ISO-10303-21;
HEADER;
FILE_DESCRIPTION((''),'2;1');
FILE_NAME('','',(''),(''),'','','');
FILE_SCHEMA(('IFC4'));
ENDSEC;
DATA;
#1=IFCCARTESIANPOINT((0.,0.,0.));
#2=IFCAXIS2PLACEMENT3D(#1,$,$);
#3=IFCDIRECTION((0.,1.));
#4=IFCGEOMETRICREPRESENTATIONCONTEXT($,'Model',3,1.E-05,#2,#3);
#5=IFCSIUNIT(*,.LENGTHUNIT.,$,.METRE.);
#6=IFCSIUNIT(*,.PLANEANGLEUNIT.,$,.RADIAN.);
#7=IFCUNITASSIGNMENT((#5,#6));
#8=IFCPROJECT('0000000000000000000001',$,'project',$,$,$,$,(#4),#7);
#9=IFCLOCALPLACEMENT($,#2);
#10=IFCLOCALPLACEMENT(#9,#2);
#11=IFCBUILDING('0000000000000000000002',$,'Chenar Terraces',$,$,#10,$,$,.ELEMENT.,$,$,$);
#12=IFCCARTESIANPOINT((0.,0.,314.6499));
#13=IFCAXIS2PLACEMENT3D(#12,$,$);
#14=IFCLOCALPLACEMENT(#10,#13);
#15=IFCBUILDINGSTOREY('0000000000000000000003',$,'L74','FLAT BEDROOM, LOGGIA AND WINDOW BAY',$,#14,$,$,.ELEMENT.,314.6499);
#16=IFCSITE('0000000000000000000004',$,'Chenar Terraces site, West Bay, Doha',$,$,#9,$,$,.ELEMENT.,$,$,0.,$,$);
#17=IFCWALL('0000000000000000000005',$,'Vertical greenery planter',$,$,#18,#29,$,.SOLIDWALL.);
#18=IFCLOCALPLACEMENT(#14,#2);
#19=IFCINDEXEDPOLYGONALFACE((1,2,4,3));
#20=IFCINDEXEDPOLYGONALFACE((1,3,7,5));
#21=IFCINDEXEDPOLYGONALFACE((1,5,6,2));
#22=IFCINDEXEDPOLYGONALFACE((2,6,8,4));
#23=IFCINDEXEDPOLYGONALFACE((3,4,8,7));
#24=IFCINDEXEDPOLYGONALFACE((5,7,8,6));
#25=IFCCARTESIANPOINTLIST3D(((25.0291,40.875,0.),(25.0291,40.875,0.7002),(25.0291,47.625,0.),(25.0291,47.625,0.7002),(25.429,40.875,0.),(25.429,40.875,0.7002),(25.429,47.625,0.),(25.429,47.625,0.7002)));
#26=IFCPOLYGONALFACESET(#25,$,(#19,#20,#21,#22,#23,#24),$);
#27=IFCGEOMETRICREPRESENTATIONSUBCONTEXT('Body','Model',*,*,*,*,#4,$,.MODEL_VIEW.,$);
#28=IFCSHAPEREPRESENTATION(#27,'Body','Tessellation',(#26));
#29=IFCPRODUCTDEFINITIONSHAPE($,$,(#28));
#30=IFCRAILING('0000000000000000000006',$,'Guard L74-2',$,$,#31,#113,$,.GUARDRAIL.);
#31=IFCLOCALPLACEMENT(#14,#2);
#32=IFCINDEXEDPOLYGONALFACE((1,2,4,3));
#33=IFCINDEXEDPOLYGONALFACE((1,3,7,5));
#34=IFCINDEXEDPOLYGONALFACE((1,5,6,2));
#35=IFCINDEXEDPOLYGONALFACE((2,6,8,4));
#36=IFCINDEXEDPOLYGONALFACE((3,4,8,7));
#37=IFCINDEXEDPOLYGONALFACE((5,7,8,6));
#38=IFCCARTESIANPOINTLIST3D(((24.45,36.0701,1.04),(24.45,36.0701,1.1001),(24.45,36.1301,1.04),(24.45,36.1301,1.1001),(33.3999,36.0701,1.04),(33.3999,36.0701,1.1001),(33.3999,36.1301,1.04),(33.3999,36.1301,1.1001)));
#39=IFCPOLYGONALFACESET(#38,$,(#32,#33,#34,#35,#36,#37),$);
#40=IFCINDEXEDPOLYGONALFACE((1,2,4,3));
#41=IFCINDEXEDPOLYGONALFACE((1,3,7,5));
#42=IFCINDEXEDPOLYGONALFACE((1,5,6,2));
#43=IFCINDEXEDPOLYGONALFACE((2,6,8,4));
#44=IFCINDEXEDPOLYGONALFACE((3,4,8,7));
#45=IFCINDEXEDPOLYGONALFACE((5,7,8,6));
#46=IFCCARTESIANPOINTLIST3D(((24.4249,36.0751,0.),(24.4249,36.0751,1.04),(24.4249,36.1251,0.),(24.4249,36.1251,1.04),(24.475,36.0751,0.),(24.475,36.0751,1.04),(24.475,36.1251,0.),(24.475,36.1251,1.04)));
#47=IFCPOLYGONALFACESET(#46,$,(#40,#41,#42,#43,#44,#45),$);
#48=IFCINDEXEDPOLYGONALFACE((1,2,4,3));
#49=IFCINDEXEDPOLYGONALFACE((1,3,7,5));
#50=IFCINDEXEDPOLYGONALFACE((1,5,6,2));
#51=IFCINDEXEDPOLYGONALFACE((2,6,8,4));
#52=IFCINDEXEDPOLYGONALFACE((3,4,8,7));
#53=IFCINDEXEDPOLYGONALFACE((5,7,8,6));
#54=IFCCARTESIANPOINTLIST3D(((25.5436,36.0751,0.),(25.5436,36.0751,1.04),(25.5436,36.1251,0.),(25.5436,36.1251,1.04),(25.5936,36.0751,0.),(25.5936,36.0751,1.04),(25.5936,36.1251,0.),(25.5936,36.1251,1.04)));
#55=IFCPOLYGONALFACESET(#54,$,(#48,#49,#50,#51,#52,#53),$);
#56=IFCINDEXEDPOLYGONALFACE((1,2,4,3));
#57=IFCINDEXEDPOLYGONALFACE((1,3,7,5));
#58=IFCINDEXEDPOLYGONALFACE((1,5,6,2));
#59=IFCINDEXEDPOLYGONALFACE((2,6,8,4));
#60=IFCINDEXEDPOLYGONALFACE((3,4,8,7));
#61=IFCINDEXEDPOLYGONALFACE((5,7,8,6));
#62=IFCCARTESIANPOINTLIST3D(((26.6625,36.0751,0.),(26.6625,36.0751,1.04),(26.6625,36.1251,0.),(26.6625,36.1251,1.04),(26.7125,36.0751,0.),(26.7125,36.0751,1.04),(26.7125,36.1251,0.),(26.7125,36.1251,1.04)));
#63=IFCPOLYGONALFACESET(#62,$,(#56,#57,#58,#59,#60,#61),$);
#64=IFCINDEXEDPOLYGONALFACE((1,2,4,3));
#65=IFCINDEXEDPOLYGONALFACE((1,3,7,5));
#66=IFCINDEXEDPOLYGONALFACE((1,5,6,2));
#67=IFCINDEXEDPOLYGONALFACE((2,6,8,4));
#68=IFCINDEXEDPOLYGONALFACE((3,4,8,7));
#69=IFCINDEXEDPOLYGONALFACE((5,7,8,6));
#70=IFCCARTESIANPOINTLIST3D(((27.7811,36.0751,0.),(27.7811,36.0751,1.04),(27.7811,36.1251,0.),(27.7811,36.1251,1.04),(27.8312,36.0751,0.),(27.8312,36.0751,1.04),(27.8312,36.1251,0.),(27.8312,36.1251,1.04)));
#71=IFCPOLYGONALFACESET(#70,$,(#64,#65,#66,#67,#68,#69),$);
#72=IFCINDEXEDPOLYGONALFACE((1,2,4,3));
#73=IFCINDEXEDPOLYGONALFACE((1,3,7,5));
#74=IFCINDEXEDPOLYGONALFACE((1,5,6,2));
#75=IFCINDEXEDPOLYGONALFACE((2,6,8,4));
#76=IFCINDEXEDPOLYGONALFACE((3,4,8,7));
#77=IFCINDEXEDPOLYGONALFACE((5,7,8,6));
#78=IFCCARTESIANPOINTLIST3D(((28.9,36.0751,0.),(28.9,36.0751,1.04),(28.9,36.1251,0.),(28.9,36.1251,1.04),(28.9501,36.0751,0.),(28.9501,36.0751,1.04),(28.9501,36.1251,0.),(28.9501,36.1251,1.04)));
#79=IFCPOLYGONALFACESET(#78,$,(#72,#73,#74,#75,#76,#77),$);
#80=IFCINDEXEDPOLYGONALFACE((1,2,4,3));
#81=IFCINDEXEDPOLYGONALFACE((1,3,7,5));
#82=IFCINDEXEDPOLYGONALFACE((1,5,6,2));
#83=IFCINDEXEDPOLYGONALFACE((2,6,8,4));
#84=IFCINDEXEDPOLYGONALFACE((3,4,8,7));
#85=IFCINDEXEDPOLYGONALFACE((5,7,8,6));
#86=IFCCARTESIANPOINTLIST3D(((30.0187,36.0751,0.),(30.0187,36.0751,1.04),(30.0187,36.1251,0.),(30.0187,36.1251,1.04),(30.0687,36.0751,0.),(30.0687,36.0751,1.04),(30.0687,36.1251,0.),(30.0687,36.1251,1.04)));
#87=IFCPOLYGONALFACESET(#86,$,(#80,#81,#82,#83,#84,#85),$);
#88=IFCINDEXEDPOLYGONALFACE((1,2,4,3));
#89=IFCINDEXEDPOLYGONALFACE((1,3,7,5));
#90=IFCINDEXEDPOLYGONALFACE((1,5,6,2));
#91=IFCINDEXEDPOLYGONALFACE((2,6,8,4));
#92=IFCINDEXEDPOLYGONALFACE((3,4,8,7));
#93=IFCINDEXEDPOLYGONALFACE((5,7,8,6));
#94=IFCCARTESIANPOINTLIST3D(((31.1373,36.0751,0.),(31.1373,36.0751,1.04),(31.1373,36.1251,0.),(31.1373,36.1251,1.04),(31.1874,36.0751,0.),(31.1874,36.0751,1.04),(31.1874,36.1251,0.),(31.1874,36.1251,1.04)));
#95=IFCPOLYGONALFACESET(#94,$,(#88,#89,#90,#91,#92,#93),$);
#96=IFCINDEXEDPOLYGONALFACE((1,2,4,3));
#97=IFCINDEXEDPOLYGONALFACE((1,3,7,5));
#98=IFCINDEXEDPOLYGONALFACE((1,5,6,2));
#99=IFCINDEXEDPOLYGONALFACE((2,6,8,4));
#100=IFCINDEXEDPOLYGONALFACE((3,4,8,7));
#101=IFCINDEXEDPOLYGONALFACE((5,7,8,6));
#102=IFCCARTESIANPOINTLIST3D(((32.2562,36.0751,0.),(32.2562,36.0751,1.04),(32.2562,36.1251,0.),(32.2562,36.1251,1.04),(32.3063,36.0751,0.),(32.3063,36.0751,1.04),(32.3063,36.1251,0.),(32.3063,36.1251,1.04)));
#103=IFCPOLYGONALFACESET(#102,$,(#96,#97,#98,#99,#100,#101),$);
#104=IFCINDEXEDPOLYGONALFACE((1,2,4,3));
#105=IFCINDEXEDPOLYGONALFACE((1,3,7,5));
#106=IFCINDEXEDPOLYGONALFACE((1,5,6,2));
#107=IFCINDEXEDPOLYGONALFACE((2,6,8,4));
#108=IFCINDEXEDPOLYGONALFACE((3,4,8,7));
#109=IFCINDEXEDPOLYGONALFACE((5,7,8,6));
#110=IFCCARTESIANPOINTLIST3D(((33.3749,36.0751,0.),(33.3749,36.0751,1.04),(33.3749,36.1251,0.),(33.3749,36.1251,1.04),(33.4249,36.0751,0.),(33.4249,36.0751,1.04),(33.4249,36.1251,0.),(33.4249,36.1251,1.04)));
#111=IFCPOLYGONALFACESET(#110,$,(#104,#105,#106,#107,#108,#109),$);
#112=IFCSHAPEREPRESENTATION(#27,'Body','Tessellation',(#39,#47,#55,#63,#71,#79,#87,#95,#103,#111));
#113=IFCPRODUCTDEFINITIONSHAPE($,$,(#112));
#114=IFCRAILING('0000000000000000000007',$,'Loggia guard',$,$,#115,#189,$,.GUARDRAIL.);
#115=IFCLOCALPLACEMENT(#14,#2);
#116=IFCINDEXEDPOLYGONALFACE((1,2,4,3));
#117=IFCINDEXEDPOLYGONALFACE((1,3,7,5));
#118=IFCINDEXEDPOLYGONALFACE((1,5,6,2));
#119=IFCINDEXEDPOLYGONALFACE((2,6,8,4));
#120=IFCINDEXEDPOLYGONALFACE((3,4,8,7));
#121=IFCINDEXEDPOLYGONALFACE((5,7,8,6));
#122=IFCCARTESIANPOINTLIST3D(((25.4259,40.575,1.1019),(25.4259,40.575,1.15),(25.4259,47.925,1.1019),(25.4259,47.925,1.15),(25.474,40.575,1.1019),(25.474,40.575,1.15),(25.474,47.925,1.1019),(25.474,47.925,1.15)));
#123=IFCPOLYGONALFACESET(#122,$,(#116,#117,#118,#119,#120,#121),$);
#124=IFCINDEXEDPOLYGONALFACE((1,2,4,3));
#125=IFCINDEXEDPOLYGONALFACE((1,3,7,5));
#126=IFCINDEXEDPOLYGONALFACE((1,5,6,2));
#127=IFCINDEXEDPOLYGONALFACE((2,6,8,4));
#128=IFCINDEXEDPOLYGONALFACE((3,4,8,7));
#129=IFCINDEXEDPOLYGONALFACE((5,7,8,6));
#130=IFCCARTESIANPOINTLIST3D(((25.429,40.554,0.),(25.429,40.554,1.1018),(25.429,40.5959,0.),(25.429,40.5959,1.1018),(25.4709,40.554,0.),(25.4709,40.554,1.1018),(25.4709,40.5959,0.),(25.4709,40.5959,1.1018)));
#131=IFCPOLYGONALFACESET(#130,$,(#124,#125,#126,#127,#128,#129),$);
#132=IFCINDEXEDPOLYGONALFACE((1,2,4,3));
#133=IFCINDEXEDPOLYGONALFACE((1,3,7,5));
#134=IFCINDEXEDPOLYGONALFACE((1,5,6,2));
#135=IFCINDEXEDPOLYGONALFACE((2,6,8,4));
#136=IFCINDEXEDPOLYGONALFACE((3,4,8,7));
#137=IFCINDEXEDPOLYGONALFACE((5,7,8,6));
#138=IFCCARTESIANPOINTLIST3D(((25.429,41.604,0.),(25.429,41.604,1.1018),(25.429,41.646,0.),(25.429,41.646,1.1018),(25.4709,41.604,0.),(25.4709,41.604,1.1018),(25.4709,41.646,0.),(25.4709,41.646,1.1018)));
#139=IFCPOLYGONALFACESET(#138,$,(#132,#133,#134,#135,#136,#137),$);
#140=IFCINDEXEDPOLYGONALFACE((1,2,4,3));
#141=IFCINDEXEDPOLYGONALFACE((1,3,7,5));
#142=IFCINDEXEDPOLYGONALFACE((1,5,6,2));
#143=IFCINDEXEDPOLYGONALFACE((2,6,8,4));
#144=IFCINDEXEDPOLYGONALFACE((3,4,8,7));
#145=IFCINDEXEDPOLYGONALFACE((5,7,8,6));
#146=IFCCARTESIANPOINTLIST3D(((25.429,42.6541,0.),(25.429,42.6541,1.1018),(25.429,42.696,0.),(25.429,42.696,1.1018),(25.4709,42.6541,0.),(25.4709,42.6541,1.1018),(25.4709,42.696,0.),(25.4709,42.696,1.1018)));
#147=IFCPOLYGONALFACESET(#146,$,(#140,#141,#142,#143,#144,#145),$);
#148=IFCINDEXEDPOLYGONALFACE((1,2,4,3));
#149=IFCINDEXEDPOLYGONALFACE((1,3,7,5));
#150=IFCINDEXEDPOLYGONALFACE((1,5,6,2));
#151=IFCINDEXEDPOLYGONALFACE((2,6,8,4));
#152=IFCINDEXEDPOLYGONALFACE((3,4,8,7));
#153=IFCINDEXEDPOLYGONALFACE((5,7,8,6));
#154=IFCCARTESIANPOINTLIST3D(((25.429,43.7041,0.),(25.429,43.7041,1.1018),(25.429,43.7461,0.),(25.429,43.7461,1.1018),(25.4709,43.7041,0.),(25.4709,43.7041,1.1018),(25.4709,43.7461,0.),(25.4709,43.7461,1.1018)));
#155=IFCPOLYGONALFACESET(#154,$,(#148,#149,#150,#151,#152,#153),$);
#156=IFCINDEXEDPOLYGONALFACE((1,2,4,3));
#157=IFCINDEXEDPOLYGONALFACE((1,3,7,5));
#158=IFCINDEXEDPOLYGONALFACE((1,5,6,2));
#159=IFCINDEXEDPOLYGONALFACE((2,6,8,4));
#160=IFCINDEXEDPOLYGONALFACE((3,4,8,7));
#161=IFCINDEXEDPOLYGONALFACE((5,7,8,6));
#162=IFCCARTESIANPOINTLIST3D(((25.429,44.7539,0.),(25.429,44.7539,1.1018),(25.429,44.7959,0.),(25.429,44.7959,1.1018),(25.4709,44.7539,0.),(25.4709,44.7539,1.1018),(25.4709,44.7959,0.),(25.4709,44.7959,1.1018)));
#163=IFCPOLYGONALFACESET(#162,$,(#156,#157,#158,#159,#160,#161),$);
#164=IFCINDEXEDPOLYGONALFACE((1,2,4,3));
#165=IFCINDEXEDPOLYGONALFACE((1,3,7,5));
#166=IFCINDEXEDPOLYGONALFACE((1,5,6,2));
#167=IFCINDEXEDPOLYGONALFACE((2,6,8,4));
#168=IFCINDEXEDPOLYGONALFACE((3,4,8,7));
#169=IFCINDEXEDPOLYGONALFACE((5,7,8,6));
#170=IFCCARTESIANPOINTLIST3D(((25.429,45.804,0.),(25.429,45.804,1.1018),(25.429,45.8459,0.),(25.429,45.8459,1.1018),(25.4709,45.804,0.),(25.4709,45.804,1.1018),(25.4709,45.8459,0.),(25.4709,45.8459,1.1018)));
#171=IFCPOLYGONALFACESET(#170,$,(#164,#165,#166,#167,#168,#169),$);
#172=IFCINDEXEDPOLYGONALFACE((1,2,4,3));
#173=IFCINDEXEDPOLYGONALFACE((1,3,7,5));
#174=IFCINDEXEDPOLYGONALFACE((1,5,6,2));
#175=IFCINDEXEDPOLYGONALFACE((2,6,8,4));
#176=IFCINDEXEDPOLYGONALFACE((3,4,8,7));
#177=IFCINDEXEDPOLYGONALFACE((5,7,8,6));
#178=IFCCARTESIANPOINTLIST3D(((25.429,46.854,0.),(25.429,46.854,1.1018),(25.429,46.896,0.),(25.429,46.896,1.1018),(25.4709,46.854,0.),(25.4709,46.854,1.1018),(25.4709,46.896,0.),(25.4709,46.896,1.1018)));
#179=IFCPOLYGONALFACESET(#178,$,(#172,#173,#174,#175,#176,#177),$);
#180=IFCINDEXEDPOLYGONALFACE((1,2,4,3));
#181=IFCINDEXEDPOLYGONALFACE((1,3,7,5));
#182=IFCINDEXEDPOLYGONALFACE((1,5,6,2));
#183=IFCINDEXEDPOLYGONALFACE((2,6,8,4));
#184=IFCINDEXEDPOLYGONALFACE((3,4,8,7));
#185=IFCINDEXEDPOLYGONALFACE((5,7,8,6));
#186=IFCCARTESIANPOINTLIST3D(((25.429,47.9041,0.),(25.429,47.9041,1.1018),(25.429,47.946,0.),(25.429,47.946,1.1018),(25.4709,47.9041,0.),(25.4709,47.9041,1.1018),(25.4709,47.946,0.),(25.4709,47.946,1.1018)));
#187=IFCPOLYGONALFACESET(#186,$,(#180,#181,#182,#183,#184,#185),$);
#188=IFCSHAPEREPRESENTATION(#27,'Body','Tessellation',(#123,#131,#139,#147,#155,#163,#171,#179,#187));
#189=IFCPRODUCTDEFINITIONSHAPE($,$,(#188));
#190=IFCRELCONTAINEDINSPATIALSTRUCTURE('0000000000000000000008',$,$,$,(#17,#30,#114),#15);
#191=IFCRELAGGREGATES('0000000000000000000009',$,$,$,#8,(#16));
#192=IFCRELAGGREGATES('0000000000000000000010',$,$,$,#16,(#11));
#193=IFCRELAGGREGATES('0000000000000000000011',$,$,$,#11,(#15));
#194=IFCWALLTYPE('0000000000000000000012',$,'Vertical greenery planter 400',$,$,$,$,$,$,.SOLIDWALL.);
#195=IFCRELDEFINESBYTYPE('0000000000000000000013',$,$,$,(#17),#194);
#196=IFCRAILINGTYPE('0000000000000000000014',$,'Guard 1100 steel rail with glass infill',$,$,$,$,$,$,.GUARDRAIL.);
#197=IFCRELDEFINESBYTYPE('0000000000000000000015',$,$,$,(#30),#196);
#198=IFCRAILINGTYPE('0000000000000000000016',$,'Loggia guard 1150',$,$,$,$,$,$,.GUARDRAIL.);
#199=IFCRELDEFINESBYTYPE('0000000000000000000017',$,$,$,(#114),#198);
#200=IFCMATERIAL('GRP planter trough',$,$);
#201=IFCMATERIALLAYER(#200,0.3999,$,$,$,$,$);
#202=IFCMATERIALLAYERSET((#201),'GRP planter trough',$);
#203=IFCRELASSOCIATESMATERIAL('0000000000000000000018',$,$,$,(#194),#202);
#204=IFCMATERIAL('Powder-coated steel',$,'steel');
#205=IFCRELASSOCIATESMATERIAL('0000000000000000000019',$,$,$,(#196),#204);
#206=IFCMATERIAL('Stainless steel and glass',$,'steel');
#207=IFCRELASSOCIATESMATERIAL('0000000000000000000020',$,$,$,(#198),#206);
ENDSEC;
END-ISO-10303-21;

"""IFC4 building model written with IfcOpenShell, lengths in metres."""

from ifc_helpers import new_model, si_unit, direction, frame, frame_2d, origin, origin_2d, place, context, subcontext, project, spatial, rectangle, extrude, material, layer, layer_set, type_object, element, save


model = new_model("IFC4")

# Units and contexts
model_context = context("Model", 3, precision=1e-05, world=origin(), true_north=direction((0.0, 1.0)))
body_context = subcontext(model_context, "Body", "Model", "MODEL_VIEW")
ifc_project = project(units=[si_unit("LENGTHUNIT", "METRE"), si_unit("PLANEANGLEUNIT", "RADIAN")], contexts=[model_context])

# Site, building, storey
site_placement = place(None, origin())
site = spatial("IfcSite", under=ifc_project, at=site_placement, Name="Chenar Terraces site, West Bay, Doha", CompositionType="ELEMENT", RefElevation=0.0)
building_placement = place(site_placement, origin())
building = spatial("IfcBuilding", under=site, at=building_placement, Name="Chenar Terraces", CompositionType="ELEMENT")
storey_placement = place(building_placement, frame((0.0, 0.0, 314.6499)))
storey = spatial("IfcBuildingStorey", under=building, at=storey_placement, Name="L74", Description="FLAT BEDROOM, LOGGIA AND WINDOW BAY", CompositionType="ELEMENT", Elevation=314.6499)

# Wall
ifc_material_1 = material(Name="GRP planter trough")
ifc_layer_1 = layer(ifc_material_1, 0.3999)
ifc_layer_set_1 = layer_set([ifc_layer_1], Name="GRP planter trough")
wall_type_1 = type_object("IfcWallType", Name="Vertical greenery planter 400", PredefinedType="SOLIDWALL", material=ifc_layer_set_1)
wall_1_placement = place(storey_placement, frame((25.229, 40.875, 0.0), z_axis=(0.0, 0.0, 1.0), x_axis=(0.0, 1.0, 0.0)))
element("IfcWall", 1, at=wall_1_placement, inside=storey, type_object=wall_type_1, Name="Vertical greenery planter", PredefinedType="SOLIDWALL", context=body_context, shape_type="SweptSolid", body=[
    extrude(rectangle(XDim=6.75, YDim=0.3999, at=frame_2d((3.375, 0.0))), origin(), (0.0, 0.0, 1.0), 0.7002),
])

# Railings
ifc_material_2 = material(Name="Powder-coated steel", Category="steel")
railing_type_1 = type_object("IfcRailingType", Name="Guard 1100 steel rail with glass infill", PredefinedType="GUARDRAIL", material=ifc_material_2)
railing_1_placement = place(storey_placement, frame((24.45, 36.1001, 0.0)))
element("IfcRailing", 2, at=railing_1_placement, inside=storey, type_object=railing_type_1, Name="Guard L74-2", PredefinedType="GUARDRAIL", context=body_context, shape_type="SweptSolid", body=[
    extrude(rectangle(XDim=0.0601, YDim=0.0601, at=origin_2d()), frame((0.0, 0.0, 1.0701), z_axis=(1.0, 0.0, 0.0), x_axis=(0.0, 1.0, 0.0)), (0.0, 0.0, 1.0), 8.95),
    extrude(rectangle(XDim=0.05, YDim=0.05, at=origin_2d()), origin(), (0.0, 0.0, 1.0), 1.04),
    extrude(rectangle(XDim=0.05, YDim=0.05, at=origin_2d()), frame((1.1187, 0.0, 0.0)), (0.0, 0.0, 1.0), 1.04),
    extrude(rectangle(XDim=0.05, YDim=0.05, at=origin_2d()), frame((2.2375, 0.0, 0.0)), (0.0, 0.0, 1.0), 1.04),
    extrude(rectangle(XDim=0.05, YDim=0.05, at=origin_2d()), frame((3.3562, 0.0, 0.0)), (0.0, 0.0, 1.0), 1.04),
    extrude(rectangle(XDim=0.05, YDim=0.05, at=origin_2d()), frame((4.4751, 0.0, 0.0)), (0.0, 0.0, 1.0), 1.04),
    extrude(rectangle(XDim=0.05, YDim=0.05, at=origin_2d()), frame((5.5938, 0.0, 0.0)), (0.0, 0.0, 1.0), 1.04),
    extrude(rectangle(XDim=0.05, YDim=0.05, at=origin_2d()), frame((6.7124, 0.0, 0.0)), (0.0, 0.0, 1.0), 1.04),
    extrude(rectangle(XDim=0.05, YDim=0.05, at=origin_2d()), frame((7.8313, 0.0, 0.0)), (0.0, 0.0, 1.0), 1.04),
    extrude(rectangle(XDim=0.05, YDim=0.05, at=origin_2d()), frame((8.95, 0.0, 0.0)), (0.0, 0.0, 1.0), 1.04),
])
ifc_material_3 = material(Name="Stainless steel and glass", Category="steel")
railing_type_2 = type_object("IfcRailingType", Name="Loggia guard 1150", PredefinedType="GUARDRAIL", material=ifc_material_3)
railing_2_placement = place(storey_placement, frame((25.45, 40.575, 0.0)))
element("IfcRailing", 3, at=railing_2_placement, inside=storey, type_object=railing_type_2, Name="Loggia guard", PredefinedType="GUARDRAIL", context=body_context, shape_type="SweptSolid", body=[
    extrude(rectangle(XDim=0.0481, YDim=0.0481, at=origin_2d()), frame((0.0, 0.0, 1.126), z_axis=(0.0, 1.0, 0.0), x_axis=(-1.0, 0.0, 0.0)), (0.0, 0.0, 1.0), 7.3501),
    extrude(rectangle(XDim=0.042, YDim=0.042, at=origin_2d()), origin(), (0.0, 0.0, 1.0), 1.1018),
    extrude(rectangle(XDim=0.042, YDim=0.042, at=origin_2d()), frame((0.0, 1.05, 0.0)), (0.0, 0.0, 1.0), 1.1018),
    extrude(rectangle(XDim=0.042, YDim=0.042, at=origin_2d()), frame((0.0, 2.1001, 0.0)), (0.0, 0.0, 1.0), 1.1018),
    extrude(rectangle(XDim=0.042, YDim=0.042, at=origin_2d()), frame((0.0, 3.1501, 0.0)), (0.0, 0.0, 1.0), 1.1018),
    extrude(rectangle(XDim=0.042, YDim=0.042, at=origin_2d()), frame((0.0, 4.2, 0.0)), (0.0, 0.0, 1.0), 1.1018),
    extrude(rectangle(XDim=0.042, YDim=0.042, at=origin_2d()), frame((0.0, 5.25, 0.0)), (0.0, 0.0, 1.0), 1.1018),
    extrude(rectangle(XDim=0.042, YDim=0.042, at=origin_2d()), frame((0.0, 6.3, 0.0)), (0.0, 0.0, 1.0), 1.1018),
    extrude(rectangle(XDim=0.042, YDim=0.042, at=origin_2d()), frame((0.0, 7.3501, 0.0)), (0.0, 0.0, 1.0), 1.1018),
])

save(model, "model.ifc")
